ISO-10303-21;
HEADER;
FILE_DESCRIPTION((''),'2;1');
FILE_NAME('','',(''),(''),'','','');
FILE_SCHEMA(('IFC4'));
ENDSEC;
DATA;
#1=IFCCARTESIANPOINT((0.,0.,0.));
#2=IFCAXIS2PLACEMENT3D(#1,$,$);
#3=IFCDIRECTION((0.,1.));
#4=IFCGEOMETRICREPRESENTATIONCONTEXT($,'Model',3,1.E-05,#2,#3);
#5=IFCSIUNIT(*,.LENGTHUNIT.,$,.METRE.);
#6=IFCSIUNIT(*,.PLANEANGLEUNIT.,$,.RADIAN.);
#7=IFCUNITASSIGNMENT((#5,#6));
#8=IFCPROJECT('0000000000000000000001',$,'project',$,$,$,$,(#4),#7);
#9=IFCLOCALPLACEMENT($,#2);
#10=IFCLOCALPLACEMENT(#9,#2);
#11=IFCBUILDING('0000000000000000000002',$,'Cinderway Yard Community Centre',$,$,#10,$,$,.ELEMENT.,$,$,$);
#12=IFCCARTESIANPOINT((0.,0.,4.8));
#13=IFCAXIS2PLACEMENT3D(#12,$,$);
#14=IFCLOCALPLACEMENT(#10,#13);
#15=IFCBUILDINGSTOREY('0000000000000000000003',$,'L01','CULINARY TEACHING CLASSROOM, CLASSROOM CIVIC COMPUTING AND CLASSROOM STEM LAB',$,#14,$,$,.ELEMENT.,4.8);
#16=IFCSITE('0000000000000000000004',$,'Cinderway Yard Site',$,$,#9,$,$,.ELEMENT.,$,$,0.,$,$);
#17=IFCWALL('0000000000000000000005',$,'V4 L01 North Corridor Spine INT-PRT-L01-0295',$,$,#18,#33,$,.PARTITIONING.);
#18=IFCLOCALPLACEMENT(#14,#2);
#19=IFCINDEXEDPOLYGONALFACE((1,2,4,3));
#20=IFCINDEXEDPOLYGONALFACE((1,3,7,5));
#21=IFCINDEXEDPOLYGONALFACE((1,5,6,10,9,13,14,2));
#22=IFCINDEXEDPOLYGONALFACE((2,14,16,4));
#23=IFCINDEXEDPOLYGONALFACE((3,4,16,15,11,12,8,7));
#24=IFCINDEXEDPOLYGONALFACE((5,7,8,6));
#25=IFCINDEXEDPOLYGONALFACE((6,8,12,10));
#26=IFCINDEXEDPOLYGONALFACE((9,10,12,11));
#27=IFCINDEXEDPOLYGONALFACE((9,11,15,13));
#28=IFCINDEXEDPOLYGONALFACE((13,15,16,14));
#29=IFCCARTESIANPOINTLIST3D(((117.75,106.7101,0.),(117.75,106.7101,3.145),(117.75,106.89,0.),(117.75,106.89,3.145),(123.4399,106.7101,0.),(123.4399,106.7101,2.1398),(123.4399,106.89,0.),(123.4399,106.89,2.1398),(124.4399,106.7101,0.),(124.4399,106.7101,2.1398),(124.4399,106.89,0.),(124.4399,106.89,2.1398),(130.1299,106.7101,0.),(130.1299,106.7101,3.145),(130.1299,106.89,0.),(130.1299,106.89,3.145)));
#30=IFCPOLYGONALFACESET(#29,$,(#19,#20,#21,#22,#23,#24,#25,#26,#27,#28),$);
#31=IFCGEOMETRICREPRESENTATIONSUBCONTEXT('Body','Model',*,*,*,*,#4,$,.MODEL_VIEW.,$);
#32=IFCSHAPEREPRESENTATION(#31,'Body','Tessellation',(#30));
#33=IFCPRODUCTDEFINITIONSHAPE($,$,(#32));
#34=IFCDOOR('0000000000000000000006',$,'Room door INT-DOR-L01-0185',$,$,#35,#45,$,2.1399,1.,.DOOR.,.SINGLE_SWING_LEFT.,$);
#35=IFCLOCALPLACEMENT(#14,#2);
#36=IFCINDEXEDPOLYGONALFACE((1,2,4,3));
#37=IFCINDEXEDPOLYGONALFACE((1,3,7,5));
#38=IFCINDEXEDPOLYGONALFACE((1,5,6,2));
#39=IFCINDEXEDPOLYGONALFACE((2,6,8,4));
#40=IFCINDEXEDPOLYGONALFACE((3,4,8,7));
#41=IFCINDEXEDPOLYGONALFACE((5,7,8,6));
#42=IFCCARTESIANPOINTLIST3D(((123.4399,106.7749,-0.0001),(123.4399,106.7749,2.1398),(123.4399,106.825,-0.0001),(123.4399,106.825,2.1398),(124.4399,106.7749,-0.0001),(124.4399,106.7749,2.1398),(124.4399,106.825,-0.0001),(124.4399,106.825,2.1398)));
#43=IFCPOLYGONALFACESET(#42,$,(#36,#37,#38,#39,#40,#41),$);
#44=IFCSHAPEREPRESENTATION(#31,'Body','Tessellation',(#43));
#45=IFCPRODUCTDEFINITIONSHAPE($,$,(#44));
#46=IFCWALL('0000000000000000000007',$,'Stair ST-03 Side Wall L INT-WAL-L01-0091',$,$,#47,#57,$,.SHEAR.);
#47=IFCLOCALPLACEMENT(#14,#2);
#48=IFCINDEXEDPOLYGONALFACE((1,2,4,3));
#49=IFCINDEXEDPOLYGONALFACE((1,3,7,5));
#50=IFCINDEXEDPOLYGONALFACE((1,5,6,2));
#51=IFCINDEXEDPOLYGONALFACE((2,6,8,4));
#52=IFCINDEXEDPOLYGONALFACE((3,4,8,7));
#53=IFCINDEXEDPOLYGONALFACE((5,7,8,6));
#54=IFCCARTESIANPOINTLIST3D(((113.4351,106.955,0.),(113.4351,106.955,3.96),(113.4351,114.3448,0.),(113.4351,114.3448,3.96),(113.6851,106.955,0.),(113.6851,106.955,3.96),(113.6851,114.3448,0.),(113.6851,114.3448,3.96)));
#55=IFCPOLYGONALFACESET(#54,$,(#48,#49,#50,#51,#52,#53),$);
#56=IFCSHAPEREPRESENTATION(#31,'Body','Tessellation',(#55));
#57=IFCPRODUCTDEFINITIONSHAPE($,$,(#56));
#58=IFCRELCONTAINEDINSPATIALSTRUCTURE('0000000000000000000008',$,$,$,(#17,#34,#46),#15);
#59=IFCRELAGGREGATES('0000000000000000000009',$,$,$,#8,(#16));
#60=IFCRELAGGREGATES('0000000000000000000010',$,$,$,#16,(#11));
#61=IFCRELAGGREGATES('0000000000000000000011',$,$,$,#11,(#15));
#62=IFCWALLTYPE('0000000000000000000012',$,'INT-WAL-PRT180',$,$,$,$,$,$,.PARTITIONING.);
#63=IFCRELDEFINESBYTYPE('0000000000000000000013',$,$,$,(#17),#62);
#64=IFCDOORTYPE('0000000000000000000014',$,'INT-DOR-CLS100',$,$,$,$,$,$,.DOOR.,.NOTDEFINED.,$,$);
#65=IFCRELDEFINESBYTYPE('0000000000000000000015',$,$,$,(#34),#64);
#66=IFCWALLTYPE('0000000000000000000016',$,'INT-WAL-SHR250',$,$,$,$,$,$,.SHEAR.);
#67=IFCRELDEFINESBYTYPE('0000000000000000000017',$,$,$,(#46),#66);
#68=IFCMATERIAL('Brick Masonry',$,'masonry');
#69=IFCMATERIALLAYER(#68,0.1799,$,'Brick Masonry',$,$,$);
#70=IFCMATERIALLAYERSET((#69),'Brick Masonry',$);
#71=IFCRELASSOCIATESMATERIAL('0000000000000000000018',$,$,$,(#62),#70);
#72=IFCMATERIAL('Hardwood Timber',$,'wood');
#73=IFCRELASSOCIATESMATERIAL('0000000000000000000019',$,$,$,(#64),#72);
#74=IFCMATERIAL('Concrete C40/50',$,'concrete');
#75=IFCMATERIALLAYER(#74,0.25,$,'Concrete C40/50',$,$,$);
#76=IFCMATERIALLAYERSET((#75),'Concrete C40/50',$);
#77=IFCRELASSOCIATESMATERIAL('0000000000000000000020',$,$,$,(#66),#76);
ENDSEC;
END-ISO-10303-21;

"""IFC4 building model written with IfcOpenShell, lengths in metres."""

from ifc_helpers import new_model, si_unit, direction, frame, frame_2d, origin, place, context, subcontext, project, spatial, rectangle, extrude, material, layer, layer_set, type_object, element, fill, save


model = new_model("IFC4")

# Units and contexts
model_context = context("Model", 3, precision=1e-05, world=origin(), true_north=direction((0.0, 1.0)))
body_context = subcontext(model_context, "Body", "Model", "MODEL_VIEW")
ifc_project = project(units=[si_unit("LENGTHUNIT", "METRE"), si_unit("PLANEANGLEUNIT", "RADIAN")], contexts=[model_context])

# Site, building, storey
site_placement = place(None, origin())
site = spatial("IfcSite", under=ifc_project, at=site_placement, Name="Cinderway Yard Site", CompositionType="ELEMENT", RefElevation=0.0)
building_placement = place(site_placement, origin())
building = spatial("IfcBuilding", under=site, at=building_placement, Name="Cinderway Yard Community Centre", CompositionType="ELEMENT")
storey_placement = place(building_placement, frame((0.0, 0.0, 4.8)))
storey = spatial("IfcBuildingStorey", under=building, at=storey_placement, Name="L01", Description="CULINARY TEACHING CLASSROOM, CLASSROOM CIVIC COMPUTING AND CLASSROOM STEM LAB", CompositionType="ELEMENT", Elevation=4.8)

# Shared definitions
ifc_material_1 = material(Name="Concrete C40/50", Category="concrete")

# Wall, opening, door
ifc_material_2 = material(Name="Hardwood Timber", Category="wood")
ifc_material_3 = material(Name="Brick Masonry", Category="masonry")
ifc_layer_1 = layer(ifc_material_3, 0.1799, Name="Brick Masonry")
ifc_layer_set_1 = layer_set([ifc_layer_1], Name="Brick Masonry")
wall_type_1 = type_object("IfcWallType", Name="INT-WAL-PRT180", PredefinedType="PARTITIONING", material=ifc_layer_set_1)
wall_1_placement = place(storey_placement, frame((117.75, 106.8, 0.0), z_axis=(0.0, 0.0, 1.0), x_axis=(1.0, 0.0, 0.0)))
wall_1 = element("IfcWall", 1, at=wall_1_placement, inside=storey, type_object=wall_type_1, Name="V4 L01 North Corridor Spine INT-PRT-L01-0295", PredefinedType="PARTITIONING", context=body_context, shape_type="SweptSolid", body=[
    extrude(rectangle(XDim=12.3799, YDim=0.1799, at=frame_2d((6.1899, 0.0))), origin(), (0.0, 0.0, 1.0), 3.145),
])
opening_1_placement = place(wall_1_placement, frame((5.6899, 0.0, 0.0)))
opening_1 = element("IfcOpeningElement", 2, at=opening_1_placement, cuts=wall_1, PredefinedType="OPENING", context=body_context, shape_type="SweptSolid", body=[
    extrude(rectangle(XDim=1.0, YDim=2.1399, at=frame_2d((0.5, 1.0698))), frame((0.0, 0.0999, 0.0), z_axis=(0.0, -1.0, 0.0), x_axis=(1.0, 0.0, 0.0)), (0.0, 0.0, 1.0), 0.2),
])
door_type_1 = type_object("IfcDoorType", Name="INT-DOR-CLS100", OperationType="NOTDEFINED", PredefinedType="DOOR", material=ifc_material_2)
door_1_placement = place(opening_1_placement, origin())
door_1 = element("IfcDoor", 3, at=door_1_placement, inside=storey, type_object=door_type_1, Name="Room door INT-DOR-L01-0185", OperationType="SINGLE_SWING_LEFT", OverallHeight=2.1399, OverallWidth=1.0, PredefinedType="DOOR", context=body_context, shape_type="SweptSolid", body=[
    extrude(rectangle(XDim=1.0, YDim=2.1399, at=frame_2d((0.5, 1.0698))), frame((0.0, 0.0249, 0.0), z_axis=(0.0, -1.0, 0.0), x_axis=(1.0, 0.0, 0.0)), (0.0, 0.0, 1.0), 0.05),
])
fill(opening_1, door_1)
ifc_layer_2 = layer(ifc_material_1, 0.25, Name="Concrete C40/50")
ifc_layer_set_2 = layer_set([ifc_layer_2], Name="Concrete C40/50")
wall_type_2 = type_object("IfcWallType", Name="INT-WAL-SHR250", PredefinedType="SHEAR", material=ifc_layer_set_2)

# Wall
wall_2_placement = place(storey_placement, frame((113.5601, 106.9551, 0.0), z_axis=(0.0, 0.0, 1.0), x_axis=(0.0, 1.0, 0.0)))
element("IfcWall", 4, at=wall_2_placement, inside=storey, type_object=wall_type_2, Name="Stair ST-03 Side Wall L INT-WAL-L01-0091", PredefinedType="SHEAR", context=body_context, shape_type="SweptSolid", body=[
    extrude(rectangle(XDim=7.3899, YDim=0.25, at=frame_2d((3.6948, 0.0))), origin(), (0.0, 0.0, 1.0), 3.96),
])

save(model, "model.ifc")
